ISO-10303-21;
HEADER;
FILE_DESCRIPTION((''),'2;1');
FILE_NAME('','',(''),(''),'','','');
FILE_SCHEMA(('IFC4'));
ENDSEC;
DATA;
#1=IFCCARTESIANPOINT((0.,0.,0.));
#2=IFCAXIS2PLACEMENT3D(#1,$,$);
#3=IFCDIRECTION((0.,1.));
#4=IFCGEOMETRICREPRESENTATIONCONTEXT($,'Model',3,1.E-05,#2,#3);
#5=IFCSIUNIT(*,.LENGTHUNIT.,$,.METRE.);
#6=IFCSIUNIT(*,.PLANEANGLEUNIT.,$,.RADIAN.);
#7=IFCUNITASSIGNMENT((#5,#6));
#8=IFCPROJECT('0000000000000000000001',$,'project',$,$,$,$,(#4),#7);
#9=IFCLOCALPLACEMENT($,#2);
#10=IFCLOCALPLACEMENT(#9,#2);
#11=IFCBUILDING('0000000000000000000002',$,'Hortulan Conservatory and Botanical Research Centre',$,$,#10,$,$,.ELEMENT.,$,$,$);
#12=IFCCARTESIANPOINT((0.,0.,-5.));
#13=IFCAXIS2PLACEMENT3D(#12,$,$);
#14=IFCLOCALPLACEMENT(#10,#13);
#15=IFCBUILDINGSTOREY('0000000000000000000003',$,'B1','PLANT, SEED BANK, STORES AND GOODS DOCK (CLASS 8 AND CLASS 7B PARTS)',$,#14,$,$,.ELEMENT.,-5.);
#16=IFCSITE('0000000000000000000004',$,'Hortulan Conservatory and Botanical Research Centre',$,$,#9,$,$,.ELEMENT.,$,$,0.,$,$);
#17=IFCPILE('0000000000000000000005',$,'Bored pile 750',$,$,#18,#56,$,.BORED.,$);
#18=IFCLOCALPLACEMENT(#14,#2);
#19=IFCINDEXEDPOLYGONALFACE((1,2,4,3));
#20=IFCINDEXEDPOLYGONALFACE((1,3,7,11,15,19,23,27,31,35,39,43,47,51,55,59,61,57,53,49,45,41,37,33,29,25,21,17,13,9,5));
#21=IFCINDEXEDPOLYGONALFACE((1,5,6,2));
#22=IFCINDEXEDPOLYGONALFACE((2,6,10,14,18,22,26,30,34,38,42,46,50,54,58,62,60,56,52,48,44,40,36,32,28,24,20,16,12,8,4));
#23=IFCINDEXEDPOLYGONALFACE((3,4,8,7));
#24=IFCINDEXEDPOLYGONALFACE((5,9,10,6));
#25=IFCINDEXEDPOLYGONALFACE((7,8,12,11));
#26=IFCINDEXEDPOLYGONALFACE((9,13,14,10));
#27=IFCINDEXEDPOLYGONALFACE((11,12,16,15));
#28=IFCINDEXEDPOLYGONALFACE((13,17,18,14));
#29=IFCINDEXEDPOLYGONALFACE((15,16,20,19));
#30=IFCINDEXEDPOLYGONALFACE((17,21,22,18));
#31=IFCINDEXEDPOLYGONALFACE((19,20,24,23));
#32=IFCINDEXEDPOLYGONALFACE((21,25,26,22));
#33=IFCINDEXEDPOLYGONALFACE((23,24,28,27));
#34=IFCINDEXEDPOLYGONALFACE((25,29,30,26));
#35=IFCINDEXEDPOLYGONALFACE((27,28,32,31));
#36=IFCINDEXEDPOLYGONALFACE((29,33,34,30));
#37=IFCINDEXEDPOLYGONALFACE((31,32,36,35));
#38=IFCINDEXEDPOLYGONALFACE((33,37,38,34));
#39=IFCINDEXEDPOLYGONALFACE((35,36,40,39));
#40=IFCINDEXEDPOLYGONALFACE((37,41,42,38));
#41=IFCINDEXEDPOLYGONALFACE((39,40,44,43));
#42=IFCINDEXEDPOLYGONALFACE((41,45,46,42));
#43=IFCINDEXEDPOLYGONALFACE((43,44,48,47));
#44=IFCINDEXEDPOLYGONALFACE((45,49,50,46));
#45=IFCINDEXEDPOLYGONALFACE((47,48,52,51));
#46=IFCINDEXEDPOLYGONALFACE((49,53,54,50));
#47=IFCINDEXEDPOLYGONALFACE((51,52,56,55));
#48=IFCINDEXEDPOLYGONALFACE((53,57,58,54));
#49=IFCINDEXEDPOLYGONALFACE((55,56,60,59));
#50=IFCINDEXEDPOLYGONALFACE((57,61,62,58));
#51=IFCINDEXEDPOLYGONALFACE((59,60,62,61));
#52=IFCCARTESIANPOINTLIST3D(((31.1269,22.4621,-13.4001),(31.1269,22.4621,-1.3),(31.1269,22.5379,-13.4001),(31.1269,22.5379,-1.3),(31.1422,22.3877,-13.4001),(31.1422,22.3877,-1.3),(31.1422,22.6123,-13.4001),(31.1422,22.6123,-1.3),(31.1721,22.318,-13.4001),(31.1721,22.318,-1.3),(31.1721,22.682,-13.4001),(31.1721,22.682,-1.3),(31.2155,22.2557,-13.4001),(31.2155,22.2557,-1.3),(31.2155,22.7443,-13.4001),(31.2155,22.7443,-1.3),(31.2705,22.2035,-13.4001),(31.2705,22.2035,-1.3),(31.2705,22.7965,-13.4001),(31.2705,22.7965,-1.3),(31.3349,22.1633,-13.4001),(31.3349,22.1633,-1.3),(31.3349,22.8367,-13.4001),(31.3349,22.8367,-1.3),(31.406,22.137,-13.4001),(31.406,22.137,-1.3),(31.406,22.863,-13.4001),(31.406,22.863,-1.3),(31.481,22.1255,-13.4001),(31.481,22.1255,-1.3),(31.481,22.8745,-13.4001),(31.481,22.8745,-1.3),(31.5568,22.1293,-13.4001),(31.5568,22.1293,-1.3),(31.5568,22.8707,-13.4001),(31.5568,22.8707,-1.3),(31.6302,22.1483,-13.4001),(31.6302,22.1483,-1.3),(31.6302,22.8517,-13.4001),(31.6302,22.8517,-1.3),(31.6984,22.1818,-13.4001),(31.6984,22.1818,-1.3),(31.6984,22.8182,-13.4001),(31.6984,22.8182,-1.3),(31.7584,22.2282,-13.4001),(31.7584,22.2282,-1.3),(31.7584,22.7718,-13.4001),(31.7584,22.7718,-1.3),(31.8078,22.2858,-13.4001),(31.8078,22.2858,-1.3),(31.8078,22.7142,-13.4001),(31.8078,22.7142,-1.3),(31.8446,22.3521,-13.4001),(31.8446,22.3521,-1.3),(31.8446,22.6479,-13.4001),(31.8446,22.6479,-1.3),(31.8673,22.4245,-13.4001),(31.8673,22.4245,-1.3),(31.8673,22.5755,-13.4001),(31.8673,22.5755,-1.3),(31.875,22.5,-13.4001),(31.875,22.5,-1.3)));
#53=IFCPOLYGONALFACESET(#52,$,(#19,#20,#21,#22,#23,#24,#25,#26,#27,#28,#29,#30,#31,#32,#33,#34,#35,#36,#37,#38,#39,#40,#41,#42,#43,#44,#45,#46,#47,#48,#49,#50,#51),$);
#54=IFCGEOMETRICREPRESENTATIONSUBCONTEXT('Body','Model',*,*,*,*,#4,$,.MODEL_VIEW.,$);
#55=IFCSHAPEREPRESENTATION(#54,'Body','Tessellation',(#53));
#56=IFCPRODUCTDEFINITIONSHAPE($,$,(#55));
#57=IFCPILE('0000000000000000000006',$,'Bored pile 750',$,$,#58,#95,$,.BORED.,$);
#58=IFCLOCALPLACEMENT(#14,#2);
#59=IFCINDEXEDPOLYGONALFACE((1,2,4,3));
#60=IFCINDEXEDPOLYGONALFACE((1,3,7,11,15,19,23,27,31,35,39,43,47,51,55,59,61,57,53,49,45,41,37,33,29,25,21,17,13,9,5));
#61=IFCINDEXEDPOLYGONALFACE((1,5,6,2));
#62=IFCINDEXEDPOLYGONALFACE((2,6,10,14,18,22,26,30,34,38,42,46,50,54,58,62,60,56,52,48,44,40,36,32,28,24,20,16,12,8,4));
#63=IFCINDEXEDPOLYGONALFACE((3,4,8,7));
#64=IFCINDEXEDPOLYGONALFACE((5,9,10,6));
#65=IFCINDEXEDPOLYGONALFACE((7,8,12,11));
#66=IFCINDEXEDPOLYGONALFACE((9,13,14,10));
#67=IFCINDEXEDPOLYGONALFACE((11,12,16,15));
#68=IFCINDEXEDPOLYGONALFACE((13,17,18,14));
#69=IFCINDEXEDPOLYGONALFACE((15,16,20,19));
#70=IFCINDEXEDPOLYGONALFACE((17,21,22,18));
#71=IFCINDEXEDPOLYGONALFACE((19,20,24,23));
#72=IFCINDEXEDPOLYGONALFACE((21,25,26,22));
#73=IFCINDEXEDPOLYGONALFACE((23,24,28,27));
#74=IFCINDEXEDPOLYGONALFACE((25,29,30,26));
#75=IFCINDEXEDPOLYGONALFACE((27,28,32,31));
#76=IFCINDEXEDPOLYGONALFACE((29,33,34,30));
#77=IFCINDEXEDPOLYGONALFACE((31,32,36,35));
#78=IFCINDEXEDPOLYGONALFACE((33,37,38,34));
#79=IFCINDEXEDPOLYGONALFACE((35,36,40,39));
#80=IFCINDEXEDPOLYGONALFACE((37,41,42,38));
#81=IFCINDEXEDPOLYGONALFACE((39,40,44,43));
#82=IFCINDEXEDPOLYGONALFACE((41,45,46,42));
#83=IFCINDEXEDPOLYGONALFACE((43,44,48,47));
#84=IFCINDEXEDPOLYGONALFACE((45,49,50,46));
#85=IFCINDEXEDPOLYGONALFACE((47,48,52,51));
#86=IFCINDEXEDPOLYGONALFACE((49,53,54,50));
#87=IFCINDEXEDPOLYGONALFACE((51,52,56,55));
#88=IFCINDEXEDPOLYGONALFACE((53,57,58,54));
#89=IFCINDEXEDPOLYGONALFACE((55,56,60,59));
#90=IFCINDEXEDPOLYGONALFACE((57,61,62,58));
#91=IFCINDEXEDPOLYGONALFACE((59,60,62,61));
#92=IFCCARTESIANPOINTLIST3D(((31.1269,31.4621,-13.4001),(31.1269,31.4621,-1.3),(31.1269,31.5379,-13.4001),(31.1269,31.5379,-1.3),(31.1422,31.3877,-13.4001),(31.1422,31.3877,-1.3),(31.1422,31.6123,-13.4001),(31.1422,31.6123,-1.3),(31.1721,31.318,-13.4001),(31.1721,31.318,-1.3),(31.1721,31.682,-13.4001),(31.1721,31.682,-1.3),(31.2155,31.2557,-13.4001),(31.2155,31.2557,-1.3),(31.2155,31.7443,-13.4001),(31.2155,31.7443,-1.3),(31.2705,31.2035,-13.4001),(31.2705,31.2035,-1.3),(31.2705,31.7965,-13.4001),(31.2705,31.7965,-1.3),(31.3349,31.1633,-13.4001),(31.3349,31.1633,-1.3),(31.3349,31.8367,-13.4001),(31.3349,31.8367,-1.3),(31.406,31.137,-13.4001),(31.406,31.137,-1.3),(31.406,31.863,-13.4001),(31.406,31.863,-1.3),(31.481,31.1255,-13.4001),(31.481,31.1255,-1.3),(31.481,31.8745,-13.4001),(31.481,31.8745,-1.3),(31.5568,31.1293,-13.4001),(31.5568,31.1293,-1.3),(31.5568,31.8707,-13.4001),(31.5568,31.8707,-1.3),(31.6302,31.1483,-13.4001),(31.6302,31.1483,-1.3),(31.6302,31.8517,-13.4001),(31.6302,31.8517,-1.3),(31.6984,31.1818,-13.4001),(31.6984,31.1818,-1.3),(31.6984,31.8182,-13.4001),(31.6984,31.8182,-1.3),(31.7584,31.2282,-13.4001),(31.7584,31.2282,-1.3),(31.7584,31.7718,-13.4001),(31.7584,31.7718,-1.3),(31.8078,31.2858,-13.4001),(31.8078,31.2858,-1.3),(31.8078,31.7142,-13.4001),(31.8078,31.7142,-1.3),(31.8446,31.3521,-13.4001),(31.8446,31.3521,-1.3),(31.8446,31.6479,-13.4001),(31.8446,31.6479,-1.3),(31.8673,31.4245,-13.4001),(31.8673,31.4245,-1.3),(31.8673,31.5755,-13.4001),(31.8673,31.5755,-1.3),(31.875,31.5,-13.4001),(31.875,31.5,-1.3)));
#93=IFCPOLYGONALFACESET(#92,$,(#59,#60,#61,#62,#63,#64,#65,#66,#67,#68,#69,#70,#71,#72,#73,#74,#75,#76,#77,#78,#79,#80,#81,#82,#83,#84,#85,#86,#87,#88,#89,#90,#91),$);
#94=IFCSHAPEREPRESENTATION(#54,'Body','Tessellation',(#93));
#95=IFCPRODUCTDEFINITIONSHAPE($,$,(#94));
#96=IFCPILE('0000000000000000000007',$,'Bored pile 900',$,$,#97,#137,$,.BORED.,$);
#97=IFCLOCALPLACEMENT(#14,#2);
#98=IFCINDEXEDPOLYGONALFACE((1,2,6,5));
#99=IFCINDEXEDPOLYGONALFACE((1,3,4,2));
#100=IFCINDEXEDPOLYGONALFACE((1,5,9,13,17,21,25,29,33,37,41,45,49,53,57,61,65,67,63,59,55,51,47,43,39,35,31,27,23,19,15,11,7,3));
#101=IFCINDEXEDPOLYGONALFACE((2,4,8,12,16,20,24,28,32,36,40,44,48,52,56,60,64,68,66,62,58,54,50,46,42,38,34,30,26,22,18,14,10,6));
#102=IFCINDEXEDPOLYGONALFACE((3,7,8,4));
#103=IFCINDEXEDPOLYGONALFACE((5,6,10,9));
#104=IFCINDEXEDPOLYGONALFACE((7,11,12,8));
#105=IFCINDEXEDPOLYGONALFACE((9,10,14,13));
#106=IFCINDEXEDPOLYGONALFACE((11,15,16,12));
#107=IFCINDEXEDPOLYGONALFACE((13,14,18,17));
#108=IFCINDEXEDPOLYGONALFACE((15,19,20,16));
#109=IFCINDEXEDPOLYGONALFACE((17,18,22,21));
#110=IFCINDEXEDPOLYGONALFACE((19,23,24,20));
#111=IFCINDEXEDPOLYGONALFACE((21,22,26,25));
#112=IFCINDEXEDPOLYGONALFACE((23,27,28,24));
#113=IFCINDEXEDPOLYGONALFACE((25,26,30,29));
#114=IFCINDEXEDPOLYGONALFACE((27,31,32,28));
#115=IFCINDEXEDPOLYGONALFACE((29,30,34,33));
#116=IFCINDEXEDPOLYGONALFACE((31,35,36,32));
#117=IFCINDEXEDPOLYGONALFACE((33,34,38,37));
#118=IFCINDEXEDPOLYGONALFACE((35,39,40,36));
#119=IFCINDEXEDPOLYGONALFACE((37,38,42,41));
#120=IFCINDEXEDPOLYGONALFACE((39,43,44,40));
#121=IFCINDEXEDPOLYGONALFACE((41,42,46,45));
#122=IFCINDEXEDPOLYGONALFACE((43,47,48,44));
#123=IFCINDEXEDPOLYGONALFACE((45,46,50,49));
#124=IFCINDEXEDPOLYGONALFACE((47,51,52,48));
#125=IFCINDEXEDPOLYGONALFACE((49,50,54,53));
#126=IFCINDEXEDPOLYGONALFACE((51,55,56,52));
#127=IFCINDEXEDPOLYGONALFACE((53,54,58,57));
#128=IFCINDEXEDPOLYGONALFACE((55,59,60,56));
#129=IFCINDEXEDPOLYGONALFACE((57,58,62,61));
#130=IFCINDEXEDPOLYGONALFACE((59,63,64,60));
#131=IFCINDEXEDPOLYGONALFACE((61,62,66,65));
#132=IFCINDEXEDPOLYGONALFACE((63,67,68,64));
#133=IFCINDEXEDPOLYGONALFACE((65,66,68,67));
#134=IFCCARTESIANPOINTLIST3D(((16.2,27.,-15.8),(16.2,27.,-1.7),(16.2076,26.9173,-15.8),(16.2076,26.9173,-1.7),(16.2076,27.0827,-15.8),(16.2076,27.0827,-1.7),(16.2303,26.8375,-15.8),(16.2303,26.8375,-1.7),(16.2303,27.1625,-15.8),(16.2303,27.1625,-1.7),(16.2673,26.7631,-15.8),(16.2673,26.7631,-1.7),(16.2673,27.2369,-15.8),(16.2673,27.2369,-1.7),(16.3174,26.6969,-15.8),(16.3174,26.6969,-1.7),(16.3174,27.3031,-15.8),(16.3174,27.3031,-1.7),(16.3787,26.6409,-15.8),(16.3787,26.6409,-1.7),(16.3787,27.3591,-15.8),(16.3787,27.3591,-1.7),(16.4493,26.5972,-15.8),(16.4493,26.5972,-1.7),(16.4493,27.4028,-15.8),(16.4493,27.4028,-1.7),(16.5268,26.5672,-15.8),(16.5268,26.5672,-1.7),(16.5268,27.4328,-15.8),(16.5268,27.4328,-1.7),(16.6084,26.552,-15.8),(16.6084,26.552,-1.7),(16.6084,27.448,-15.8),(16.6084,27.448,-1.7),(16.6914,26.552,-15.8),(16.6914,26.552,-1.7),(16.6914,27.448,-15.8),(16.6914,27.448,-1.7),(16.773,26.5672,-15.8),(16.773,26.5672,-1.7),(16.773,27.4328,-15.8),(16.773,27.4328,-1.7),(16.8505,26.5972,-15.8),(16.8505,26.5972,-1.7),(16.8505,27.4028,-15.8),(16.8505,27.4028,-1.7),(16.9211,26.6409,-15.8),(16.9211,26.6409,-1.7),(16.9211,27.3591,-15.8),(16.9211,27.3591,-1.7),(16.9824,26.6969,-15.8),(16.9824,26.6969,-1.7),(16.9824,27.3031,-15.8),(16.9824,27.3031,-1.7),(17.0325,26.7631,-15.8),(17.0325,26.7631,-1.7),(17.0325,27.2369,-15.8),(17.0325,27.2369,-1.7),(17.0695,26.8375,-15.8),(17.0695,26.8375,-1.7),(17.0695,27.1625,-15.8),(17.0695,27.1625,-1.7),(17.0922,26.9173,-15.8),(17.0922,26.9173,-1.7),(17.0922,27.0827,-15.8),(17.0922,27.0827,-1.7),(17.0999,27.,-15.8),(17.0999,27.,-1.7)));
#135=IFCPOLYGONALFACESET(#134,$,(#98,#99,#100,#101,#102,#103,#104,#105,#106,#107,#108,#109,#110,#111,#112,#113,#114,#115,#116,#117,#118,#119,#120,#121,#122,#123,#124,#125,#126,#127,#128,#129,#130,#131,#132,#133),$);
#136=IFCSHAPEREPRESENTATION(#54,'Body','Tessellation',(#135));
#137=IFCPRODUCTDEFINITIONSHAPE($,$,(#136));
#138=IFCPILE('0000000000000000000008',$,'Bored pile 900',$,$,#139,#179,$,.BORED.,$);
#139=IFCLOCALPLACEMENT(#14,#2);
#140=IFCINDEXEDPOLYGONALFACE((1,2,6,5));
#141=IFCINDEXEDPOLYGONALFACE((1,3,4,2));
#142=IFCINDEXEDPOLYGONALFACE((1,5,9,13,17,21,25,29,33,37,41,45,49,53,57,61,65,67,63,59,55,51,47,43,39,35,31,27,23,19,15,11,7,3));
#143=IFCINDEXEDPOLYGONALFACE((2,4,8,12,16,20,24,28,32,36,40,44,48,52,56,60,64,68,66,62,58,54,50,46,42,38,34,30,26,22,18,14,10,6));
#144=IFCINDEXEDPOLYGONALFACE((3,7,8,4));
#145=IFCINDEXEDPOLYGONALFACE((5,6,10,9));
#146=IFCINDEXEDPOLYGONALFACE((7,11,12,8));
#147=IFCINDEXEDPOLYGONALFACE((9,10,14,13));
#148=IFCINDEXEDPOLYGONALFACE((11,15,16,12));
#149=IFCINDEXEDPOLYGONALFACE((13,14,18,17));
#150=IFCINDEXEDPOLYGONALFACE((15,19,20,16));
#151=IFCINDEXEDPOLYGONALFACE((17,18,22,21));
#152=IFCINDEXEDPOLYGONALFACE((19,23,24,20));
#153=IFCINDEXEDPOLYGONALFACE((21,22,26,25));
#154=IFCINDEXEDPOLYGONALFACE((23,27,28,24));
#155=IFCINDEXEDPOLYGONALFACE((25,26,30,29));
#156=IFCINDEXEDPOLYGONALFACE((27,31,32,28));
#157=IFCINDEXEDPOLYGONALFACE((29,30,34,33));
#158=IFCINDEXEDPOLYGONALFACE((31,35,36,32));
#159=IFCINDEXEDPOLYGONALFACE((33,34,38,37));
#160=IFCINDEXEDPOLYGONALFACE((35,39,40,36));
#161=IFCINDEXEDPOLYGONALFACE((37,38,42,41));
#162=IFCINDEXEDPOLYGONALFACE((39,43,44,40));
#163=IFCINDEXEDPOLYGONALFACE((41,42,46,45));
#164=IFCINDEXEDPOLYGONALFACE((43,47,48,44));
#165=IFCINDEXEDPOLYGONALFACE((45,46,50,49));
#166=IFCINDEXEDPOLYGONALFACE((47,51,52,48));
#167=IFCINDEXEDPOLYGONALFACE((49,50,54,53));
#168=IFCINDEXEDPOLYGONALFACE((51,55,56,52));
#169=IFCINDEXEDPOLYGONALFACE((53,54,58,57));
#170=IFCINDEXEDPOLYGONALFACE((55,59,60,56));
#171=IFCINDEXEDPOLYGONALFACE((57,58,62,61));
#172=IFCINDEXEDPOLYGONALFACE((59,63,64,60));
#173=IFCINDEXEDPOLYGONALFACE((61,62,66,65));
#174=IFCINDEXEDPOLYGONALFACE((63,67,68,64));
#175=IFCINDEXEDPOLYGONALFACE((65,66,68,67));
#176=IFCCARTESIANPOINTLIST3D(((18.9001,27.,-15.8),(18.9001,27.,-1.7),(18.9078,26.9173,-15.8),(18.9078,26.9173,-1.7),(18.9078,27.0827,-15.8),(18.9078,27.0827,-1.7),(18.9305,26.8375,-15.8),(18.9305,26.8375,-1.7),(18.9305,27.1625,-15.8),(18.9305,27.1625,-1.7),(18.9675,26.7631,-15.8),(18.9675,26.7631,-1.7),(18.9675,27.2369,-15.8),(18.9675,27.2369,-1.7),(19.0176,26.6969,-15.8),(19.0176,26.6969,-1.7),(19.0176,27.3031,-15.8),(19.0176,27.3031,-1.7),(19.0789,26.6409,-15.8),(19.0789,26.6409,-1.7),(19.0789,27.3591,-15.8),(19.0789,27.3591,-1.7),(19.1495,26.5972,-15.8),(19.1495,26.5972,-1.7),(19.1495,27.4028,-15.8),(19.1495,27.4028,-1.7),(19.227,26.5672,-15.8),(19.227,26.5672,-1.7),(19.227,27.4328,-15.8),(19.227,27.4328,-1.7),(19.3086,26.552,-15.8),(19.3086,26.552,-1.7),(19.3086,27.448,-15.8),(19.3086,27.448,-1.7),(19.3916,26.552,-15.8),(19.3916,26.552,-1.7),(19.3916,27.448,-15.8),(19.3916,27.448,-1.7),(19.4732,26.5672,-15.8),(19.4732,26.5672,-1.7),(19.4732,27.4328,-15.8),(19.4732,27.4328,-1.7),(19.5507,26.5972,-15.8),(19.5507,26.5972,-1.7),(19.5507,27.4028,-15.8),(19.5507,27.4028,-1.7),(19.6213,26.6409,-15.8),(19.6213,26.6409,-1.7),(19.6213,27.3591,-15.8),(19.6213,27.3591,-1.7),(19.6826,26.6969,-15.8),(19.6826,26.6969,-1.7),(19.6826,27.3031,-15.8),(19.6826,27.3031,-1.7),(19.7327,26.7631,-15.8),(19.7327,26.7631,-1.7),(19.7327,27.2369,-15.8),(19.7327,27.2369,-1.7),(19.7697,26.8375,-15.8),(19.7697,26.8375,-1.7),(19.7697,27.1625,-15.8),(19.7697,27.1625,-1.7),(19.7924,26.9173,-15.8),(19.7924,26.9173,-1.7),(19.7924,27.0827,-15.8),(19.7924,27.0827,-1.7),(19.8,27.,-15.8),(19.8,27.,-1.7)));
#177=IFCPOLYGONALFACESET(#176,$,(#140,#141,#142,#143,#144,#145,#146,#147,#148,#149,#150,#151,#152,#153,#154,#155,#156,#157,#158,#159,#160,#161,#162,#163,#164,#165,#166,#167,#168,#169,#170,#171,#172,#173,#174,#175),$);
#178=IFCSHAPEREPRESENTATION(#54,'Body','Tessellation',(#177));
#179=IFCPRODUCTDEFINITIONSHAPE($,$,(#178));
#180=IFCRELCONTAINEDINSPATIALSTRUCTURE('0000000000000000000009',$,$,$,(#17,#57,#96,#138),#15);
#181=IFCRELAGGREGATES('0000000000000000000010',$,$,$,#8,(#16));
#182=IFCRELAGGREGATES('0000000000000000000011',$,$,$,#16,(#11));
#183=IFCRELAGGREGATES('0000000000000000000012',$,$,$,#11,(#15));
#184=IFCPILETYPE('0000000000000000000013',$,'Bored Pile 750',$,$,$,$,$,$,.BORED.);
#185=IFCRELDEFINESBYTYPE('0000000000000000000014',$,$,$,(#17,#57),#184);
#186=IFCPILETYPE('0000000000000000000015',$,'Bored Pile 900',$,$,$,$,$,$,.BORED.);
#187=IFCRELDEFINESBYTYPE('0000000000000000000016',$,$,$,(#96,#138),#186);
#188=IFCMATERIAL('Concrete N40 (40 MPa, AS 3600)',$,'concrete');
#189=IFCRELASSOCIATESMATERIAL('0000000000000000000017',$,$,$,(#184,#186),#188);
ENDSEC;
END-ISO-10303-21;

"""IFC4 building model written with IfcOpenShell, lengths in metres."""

from ifc_helpers import new_model, si_unit, direction, frame, origin, origin_2d, place, context, subcontext, project, spatial, circle, extrude, material, material_profile, profile_set, type_object, element, save


model = new_model("IFC4")

# Units and contexts
model_context = context("Model", 3, precision=1e-05, world=origin(), true_north=direction((0.0, 1.0)))
body_context = subcontext(model_context, "Body", "Model", "MODEL_VIEW")
ifc_project = project(units=[si_unit("LENGTHUNIT", "METRE"), si_unit("PLANEANGLEUNIT", "RADIAN")], contexts=[model_context])

# Site, building, storey
site_placement = place(None, origin())
site = spatial("IfcSite", under=ifc_project, at=site_placement, Name="Hortulan Conservatory and Botanical Research Centre", CompositionType="ELEMENT", RefElevation=0.0)
building_placement = place(site_placement, origin())
building = spatial("IfcBuilding", under=site, at=building_placement, Name="Hortulan Conservatory and Botanical Research Centre", CompositionType="ELEMENT")
storey_placement = place(building_placement, frame((0.0, 0.0, -5.0)))
storey = spatial("IfcBuildingStorey", under=building, at=storey_placement, Name="B1", Description="PLANT, SEED BANK, STORES AND GOODS DOCK (CLASS 8 AND CLASS 7B PARTS)", CompositionType="ELEMENT", Elevation=-5.0)

# Piles
ifc_material_1 = material(Name="Concrete N40 (40 MPa, AS 3600)", Category="concrete")
ifc_material_profile_1 = material_profile(ifc_material_1, circle(Radius=0.375, at=origin_2d()), Name="Bored pile 750 diameter")
ifc_profile_set_1 = profile_set([ifc_material_profile_1], Name="Concrete N40 (40 MPa, AS 3600)")
pile_type_1 = type_object("IfcPileType", Name="Bored Pile 750", PredefinedType="BORED", material=ifc_profile_set_1)
for number, where, z_axis, x_axis, name in (
    (1, (31.5, 22.5, -1.3), (0.0, 0.0, -1.0), (1.0, 0.0, 0.0), "Bored pile 750"),
    (2, (31.5, 31.5, -1.3), (0.0, 0.0, -1.0), (1.0, 0.0, 0.0), "Bored pile 750"),
):
    element("IfcPile", number, at=place(storey_placement, frame(where, z_axis=z_axis, x_axis=x_axis)), inside=storey, type_object=pile_type_1, Name=name, PredefinedType="BORED", context=body_context, shape_type="SweptSolid", body=[
        extrude(circle(Radius=0.375, at=origin_2d()), origin(), (0.0, 0.0, 1.0), 12.1001),
    ])
ifc_material_profile_2 = material_profile(ifc_material_1, circle(Radius=0.45, at=origin_2d()), Name="Bored pile 900 diameter")
ifc_profile_set_2 = profile_set([ifc_material_profile_2], Name="Concrete N40 (40 MPa, AS 3600)")
pile_type_2 = type_object("IfcPileType", Name="Bored Pile 900", PredefinedType="BORED", material=ifc_profile_set_2)
for number, where, z_axis, x_axis, name in (
    (3, (16.6499, 27.0, -1.7), (0.0, 0.0, -1.0), (1.0, 0.0, 0.0), "Bored pile 900"),
    (4, (19.3501, 27.0, -1.7), (0.0, 0.0, -1.0), (1.0, 0.0, 0.0), "Bored pile 900"),
):
    element("IfcPile", number, at=place(storey_placement, frame(where, z_axis=z_axis, x_axis=x_axis)), inside=storey, type_object=pile_type_2, Name=name, PredefinedType="BORED", context=body_context, shape_type="SweptSolid", body=[
        extrude(circle(Radius=0.45, at=origin_2d()), origin(), (0.0, 0.0, 1.0), 14.1001),
    ])

save(model, "model.ifc")
